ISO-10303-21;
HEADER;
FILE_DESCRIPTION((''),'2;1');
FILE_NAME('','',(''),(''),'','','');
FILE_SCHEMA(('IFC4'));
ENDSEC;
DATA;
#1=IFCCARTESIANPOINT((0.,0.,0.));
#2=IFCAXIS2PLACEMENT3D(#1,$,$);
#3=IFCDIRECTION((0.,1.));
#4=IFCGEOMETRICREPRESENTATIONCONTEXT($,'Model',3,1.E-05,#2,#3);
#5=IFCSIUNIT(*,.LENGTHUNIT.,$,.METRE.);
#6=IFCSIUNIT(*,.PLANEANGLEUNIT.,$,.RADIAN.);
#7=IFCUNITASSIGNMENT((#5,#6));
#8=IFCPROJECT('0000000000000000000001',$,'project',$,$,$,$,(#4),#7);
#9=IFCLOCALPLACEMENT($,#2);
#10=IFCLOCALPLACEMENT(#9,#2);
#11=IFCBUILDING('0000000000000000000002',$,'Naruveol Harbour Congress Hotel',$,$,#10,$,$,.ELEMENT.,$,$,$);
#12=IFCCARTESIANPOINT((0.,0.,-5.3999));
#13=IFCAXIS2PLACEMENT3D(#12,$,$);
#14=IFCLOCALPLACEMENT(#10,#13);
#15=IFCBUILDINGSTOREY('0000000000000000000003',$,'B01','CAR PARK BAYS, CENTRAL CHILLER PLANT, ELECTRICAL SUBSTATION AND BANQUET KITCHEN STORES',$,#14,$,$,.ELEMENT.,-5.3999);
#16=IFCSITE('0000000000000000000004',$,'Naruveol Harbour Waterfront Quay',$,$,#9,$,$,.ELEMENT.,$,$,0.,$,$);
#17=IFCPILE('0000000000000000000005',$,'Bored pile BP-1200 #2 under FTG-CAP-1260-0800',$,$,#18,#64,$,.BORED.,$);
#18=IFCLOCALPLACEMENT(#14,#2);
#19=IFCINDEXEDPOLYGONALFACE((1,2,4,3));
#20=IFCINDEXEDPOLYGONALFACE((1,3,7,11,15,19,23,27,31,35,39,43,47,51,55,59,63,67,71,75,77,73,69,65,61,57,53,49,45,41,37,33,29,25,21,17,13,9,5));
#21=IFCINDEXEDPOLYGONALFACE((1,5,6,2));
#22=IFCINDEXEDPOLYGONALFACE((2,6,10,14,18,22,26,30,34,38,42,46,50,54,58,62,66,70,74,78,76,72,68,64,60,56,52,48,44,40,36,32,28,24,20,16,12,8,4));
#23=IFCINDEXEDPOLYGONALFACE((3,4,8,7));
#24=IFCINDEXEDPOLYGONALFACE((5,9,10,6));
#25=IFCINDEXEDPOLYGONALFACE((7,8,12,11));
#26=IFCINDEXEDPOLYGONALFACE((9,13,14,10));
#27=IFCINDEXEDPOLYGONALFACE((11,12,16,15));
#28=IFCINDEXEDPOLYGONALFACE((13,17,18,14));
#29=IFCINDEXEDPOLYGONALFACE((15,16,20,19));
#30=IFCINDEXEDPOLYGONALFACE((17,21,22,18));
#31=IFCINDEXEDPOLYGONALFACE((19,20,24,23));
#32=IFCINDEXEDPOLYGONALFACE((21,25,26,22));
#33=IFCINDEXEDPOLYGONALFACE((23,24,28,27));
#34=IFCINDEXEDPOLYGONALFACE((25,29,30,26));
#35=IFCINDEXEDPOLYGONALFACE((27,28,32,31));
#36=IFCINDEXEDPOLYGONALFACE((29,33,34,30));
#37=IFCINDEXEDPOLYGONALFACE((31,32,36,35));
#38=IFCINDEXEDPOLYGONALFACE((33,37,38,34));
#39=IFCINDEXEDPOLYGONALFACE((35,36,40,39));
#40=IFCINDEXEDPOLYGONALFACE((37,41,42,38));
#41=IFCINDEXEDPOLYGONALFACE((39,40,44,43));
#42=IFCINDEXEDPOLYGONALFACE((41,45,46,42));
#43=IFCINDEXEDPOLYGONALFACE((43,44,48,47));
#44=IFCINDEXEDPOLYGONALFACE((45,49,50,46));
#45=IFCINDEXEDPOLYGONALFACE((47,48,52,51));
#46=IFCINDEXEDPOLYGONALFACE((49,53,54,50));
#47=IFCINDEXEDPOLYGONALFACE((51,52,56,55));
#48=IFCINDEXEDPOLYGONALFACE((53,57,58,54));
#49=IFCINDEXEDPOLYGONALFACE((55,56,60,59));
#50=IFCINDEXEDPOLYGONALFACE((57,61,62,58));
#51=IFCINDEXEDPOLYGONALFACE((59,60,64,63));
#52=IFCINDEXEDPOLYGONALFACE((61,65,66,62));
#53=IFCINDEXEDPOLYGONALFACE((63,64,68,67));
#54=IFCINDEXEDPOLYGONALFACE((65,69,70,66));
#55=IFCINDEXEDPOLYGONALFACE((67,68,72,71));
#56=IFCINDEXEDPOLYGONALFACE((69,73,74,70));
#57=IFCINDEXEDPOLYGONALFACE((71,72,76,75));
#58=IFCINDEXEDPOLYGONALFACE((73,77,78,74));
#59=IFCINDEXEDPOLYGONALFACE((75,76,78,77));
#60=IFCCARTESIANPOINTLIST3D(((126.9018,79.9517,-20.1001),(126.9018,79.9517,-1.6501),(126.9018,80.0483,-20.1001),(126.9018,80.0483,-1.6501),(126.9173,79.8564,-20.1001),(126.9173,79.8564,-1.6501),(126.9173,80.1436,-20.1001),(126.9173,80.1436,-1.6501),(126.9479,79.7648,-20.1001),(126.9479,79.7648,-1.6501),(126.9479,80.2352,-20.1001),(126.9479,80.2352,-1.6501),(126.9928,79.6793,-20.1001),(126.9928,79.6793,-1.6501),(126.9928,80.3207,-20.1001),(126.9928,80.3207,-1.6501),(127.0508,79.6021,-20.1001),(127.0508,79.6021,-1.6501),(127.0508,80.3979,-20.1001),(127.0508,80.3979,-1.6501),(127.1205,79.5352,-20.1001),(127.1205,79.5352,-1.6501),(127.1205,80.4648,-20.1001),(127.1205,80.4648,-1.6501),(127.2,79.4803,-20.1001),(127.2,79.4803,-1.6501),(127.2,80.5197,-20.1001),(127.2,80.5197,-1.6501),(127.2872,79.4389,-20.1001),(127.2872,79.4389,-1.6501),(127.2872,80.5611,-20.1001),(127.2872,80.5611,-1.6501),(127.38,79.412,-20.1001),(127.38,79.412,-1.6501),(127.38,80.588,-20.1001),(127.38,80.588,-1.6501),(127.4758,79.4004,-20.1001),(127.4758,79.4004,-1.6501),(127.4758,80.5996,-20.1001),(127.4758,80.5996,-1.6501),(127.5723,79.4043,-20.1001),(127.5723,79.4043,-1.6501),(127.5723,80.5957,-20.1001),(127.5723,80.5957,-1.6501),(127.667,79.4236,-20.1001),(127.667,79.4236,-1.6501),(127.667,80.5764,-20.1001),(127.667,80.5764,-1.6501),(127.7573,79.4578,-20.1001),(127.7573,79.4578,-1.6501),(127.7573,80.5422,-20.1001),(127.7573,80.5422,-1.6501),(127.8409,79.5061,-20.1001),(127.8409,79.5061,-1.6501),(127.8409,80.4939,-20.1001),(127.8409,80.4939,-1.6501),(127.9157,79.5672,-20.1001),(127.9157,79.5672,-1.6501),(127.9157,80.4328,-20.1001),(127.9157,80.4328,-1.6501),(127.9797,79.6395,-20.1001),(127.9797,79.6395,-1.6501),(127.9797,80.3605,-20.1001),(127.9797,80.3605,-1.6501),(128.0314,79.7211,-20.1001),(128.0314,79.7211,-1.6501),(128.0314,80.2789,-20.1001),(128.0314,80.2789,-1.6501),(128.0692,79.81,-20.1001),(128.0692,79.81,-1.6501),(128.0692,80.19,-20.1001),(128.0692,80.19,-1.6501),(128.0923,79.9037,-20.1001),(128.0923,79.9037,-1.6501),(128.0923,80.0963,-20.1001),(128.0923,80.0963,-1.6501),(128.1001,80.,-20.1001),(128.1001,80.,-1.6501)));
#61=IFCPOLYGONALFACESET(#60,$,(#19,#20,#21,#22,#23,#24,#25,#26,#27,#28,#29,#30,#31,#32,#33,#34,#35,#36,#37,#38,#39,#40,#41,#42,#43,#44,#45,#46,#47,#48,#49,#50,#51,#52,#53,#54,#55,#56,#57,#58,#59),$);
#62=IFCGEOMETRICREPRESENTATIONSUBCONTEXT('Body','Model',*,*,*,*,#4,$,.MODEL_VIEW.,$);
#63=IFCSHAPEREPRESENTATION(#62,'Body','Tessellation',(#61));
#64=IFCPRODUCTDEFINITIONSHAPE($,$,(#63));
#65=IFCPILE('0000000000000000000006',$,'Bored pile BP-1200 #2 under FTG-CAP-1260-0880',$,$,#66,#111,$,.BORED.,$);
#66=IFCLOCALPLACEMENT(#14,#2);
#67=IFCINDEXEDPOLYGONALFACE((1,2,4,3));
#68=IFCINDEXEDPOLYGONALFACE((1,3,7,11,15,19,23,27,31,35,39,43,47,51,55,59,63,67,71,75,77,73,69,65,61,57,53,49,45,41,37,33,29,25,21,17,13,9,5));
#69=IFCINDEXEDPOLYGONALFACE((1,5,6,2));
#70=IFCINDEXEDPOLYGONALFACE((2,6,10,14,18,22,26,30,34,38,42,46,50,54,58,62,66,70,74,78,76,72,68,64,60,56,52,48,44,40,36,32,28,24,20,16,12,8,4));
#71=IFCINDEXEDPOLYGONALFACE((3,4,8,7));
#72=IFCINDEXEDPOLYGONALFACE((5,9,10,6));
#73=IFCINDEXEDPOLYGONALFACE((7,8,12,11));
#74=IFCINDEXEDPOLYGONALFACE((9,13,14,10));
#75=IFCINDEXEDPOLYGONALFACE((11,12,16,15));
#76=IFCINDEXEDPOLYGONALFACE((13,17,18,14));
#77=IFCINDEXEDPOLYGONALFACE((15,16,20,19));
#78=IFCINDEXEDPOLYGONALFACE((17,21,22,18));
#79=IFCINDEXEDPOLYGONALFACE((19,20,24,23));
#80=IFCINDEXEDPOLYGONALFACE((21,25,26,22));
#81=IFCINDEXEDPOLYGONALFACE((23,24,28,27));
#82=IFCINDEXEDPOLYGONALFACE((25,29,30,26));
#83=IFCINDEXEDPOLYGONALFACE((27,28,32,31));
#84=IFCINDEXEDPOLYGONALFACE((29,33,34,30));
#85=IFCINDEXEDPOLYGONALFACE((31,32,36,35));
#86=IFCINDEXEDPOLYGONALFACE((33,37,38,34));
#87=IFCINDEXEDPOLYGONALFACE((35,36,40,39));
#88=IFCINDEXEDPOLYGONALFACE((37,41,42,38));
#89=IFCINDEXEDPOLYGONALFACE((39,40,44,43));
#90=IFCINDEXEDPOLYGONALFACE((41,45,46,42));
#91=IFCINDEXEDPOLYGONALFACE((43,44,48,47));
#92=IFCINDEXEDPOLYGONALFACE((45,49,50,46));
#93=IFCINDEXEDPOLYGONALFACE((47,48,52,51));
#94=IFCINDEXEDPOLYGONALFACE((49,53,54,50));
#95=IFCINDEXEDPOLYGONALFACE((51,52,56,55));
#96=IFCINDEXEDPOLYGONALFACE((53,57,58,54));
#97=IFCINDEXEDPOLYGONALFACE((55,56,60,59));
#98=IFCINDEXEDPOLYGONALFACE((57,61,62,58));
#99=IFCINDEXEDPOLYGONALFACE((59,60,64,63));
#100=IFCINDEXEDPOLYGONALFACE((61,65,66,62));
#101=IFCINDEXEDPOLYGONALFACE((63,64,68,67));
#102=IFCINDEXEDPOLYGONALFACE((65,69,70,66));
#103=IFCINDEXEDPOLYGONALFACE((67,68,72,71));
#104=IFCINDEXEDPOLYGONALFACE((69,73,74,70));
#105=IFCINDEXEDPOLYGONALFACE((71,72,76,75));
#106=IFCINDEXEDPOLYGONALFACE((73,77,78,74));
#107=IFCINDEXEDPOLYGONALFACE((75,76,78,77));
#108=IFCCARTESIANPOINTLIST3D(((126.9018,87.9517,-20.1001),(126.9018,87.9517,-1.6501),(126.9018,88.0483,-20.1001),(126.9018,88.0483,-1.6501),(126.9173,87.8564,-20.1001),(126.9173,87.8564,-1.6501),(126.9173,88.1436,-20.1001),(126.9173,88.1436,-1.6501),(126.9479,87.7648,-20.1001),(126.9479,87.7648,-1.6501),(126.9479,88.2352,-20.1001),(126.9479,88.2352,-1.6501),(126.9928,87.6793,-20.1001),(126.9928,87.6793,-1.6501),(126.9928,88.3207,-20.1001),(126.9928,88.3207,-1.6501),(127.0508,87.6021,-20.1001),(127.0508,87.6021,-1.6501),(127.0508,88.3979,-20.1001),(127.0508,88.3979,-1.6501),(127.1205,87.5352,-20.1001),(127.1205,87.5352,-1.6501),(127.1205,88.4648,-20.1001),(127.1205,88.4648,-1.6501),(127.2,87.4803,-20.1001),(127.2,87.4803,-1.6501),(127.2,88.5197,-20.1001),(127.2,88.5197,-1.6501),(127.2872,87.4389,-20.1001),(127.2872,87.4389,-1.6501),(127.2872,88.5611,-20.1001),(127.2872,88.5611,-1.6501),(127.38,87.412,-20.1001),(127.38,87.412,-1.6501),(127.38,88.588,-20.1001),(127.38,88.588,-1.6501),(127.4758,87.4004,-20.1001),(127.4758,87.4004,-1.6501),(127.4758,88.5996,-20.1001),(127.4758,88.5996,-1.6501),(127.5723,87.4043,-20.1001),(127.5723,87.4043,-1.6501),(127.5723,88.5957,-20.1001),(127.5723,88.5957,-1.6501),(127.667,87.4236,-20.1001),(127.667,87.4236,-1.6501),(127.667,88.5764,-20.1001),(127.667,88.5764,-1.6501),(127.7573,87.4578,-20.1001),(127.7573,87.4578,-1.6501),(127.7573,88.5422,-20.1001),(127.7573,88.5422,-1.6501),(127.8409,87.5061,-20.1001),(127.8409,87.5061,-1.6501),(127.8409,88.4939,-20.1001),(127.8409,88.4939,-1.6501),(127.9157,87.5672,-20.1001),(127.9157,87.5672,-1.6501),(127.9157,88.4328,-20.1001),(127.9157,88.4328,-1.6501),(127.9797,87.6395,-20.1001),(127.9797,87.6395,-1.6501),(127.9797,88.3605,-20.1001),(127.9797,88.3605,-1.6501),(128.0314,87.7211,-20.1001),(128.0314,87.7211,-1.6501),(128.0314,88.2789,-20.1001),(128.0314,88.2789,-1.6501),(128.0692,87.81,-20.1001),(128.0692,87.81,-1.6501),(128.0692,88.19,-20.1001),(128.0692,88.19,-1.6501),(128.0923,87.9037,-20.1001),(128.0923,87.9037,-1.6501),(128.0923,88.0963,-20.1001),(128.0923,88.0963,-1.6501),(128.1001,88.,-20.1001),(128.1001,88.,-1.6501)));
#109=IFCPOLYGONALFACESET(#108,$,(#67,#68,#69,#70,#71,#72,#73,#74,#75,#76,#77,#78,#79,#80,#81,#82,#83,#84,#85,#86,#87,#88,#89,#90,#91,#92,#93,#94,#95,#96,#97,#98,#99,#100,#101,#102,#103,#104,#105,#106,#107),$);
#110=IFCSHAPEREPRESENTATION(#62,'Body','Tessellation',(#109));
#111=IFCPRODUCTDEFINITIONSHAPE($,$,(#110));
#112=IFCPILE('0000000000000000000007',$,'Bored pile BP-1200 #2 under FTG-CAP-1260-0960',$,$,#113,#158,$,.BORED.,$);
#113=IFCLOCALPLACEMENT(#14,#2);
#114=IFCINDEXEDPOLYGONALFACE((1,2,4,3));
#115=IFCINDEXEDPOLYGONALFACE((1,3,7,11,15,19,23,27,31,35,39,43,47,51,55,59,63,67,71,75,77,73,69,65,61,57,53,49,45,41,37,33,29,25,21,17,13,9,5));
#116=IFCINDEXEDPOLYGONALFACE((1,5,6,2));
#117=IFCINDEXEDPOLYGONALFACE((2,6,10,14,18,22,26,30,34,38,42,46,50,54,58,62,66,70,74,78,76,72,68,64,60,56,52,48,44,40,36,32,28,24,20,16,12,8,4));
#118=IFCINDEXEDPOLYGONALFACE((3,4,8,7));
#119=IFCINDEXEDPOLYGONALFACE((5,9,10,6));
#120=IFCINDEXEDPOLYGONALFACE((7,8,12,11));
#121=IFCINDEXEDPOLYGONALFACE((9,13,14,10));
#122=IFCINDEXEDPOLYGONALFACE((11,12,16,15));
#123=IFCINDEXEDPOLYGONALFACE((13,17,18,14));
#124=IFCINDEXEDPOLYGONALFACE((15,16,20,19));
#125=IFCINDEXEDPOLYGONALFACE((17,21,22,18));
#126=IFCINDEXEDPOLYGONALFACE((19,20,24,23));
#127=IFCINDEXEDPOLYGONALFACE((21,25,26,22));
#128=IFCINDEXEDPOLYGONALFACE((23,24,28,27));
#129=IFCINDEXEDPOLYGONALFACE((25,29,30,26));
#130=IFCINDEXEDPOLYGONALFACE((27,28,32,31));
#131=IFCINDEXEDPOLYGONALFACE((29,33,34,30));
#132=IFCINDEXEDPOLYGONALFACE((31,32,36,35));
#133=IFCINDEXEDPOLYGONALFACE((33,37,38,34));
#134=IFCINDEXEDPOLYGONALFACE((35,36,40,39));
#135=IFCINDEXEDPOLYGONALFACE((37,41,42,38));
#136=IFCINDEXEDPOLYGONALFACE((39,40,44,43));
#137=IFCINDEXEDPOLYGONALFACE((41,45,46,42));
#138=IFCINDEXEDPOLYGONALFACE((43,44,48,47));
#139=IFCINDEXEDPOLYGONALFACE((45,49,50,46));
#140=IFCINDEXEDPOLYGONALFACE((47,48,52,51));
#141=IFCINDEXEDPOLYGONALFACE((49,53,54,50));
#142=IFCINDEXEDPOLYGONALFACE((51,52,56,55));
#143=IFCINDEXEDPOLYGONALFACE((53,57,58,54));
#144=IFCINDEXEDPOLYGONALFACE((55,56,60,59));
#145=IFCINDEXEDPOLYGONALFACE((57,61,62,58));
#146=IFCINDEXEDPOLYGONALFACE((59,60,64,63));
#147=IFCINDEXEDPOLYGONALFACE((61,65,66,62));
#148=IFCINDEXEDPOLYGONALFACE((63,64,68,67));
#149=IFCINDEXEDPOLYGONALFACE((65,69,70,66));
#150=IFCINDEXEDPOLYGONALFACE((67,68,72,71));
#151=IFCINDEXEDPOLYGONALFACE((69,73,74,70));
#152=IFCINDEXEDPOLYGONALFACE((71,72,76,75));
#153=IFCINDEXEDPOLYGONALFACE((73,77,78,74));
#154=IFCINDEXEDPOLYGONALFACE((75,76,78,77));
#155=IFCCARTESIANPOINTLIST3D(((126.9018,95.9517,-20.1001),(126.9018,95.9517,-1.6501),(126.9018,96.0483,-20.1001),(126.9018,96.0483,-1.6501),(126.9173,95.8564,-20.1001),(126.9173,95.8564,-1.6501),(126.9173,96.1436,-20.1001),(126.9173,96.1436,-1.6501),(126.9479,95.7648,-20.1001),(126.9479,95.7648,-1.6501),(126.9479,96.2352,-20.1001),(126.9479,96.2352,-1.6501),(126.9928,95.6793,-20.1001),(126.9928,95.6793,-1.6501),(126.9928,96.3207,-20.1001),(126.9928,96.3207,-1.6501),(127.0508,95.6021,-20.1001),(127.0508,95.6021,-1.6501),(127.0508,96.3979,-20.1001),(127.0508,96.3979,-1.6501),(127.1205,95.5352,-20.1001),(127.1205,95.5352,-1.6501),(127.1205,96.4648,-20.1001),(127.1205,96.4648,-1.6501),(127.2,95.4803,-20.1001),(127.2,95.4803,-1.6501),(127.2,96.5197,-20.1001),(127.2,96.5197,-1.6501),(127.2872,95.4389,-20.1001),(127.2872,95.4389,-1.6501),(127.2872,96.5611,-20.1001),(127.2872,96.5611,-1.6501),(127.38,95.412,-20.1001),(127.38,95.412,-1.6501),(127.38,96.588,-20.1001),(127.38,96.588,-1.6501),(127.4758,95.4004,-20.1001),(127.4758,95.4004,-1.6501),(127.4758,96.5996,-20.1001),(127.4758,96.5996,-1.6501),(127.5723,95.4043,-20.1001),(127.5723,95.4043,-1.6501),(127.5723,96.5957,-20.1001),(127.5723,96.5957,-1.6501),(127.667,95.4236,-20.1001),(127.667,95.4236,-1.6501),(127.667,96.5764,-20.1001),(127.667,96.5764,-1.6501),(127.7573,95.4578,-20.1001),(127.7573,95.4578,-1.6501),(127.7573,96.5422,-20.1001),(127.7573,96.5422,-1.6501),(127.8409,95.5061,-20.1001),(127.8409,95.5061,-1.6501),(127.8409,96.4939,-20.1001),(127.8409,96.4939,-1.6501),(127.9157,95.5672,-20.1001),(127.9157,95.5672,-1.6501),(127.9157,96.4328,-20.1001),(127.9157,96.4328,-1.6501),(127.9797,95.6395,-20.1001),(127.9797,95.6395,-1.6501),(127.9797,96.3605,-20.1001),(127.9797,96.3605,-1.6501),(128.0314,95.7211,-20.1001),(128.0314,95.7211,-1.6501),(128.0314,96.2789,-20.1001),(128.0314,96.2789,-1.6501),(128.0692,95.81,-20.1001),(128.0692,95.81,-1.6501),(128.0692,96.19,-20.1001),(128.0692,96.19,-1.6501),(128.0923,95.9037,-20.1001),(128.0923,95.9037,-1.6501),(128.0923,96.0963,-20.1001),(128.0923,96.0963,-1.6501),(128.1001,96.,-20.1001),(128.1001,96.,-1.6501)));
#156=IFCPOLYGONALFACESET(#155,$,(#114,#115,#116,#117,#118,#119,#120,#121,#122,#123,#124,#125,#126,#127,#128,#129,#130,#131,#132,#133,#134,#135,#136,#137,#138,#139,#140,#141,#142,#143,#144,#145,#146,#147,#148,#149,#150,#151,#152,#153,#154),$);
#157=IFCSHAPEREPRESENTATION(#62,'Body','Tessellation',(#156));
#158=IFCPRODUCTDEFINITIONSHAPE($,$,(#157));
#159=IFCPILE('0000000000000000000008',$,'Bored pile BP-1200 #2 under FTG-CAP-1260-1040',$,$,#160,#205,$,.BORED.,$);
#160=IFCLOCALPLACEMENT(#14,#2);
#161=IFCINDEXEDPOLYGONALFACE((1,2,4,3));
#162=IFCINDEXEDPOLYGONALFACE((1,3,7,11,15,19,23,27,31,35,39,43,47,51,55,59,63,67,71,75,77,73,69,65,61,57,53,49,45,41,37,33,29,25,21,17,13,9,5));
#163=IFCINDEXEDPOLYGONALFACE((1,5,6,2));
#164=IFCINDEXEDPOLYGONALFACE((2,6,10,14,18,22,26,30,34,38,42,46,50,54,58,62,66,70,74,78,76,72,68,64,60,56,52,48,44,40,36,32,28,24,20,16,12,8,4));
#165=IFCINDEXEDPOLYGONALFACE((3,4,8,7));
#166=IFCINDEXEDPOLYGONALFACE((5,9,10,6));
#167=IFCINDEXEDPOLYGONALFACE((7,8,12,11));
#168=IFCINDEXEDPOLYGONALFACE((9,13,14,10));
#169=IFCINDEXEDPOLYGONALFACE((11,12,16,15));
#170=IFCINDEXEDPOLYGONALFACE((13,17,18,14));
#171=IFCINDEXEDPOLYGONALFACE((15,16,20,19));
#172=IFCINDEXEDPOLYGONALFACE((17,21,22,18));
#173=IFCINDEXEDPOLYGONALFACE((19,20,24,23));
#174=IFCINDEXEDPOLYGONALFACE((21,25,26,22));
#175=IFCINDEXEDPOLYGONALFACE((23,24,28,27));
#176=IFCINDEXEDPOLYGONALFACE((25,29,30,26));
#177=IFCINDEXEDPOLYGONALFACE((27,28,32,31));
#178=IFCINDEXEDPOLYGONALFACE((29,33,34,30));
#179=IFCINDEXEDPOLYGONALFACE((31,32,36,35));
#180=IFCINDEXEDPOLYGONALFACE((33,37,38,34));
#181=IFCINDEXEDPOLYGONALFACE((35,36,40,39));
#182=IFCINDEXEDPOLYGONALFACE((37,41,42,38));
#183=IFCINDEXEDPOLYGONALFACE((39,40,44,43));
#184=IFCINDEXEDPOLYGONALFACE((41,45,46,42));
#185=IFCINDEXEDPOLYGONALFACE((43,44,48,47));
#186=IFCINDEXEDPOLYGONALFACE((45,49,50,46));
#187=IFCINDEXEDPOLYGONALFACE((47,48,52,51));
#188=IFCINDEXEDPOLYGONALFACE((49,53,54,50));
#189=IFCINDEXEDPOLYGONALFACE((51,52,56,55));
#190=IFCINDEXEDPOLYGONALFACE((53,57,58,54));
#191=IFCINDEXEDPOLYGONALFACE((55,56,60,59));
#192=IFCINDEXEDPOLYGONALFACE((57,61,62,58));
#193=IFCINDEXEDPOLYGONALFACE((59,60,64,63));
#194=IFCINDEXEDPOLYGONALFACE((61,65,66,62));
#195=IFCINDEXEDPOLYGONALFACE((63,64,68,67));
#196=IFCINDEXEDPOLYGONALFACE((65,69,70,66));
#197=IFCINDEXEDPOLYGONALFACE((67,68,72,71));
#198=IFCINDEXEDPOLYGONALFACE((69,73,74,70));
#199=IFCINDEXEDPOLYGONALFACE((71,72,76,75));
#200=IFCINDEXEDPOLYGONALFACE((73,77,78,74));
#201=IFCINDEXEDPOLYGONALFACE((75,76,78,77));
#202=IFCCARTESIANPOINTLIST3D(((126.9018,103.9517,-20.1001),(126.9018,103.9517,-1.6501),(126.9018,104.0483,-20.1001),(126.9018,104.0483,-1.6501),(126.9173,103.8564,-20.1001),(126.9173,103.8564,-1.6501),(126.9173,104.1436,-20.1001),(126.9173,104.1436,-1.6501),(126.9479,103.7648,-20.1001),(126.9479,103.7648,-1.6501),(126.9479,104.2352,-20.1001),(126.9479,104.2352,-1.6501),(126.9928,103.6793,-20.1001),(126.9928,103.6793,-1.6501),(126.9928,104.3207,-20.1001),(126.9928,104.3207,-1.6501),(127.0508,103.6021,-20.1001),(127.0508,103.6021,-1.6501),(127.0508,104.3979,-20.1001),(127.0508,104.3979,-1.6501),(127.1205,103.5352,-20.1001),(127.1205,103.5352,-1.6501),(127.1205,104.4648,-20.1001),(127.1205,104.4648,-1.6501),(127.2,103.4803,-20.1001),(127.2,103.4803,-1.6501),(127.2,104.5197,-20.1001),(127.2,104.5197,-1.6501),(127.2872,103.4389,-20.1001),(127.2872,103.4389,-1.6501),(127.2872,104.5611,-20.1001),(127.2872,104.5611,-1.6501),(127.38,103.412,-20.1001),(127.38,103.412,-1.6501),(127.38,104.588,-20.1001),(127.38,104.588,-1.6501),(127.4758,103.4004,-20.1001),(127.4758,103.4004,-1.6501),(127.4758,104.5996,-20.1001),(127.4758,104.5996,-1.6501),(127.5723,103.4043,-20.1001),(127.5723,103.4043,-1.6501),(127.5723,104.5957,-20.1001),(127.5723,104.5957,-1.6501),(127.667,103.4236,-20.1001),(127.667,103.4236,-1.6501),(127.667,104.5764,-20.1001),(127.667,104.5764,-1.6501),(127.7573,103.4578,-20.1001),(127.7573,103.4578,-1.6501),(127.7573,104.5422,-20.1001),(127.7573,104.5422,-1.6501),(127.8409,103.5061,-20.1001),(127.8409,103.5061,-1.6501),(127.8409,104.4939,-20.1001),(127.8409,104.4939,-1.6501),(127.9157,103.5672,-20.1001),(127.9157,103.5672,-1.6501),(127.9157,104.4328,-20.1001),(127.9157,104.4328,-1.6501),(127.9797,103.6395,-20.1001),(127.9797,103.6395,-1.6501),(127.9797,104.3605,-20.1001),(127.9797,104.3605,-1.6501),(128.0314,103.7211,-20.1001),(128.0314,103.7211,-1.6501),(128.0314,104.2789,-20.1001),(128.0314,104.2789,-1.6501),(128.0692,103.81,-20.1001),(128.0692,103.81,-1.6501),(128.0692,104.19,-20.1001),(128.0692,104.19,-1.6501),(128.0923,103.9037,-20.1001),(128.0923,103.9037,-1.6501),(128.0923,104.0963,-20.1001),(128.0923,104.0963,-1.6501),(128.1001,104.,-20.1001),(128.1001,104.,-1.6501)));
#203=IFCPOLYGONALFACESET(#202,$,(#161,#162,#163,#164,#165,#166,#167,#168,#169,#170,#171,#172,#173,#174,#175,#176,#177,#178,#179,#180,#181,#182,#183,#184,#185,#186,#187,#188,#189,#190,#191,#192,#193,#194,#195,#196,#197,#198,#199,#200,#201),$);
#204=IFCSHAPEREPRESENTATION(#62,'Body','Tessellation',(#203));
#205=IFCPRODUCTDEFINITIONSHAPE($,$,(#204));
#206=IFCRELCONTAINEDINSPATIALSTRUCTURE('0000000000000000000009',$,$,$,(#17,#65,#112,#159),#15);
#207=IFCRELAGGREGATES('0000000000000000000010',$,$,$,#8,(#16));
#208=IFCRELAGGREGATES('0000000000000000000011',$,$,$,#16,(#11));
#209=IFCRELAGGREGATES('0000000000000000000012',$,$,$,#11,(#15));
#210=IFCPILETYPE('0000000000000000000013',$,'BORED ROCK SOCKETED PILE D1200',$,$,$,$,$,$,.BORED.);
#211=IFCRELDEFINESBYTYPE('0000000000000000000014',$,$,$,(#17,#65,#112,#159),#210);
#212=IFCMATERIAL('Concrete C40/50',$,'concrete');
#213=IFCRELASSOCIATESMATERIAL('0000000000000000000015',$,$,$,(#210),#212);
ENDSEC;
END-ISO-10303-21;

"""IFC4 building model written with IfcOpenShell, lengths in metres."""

from ifc_helpers import new_model, si_unit, direction, frame, origin, origin_2d, place, context, subcontext, project, spatial, circle, extrude, material, material_profile, profile_set, type_object, element, save


model = new_model("IFC4")

# Units and contexts
model_context = context("Model", 3, precision=1e-05, world=origin(), true_north=direction((0.0, 1.0)))
body_context = subcontext(model_context, "Body", "Model", "MODEL_VIEW")
ifc_project = project(units=[si_unit("LENGTHUNIT", "METRE"), si_unit("PLANEANGLEUNIT", "RADIAN")], contexts=[model_context])

# Site, building, storey
site_placement = place(None, origin())
site = spatial("IfcSite", under=ifc_project, at=site_placement, Name="Naruveol Harbour Waterfront Quay", CompositionType="ELEMENT", RefElevation=0.0)
building_placement = place(site_placement, origin())
building = spatial("IfcBuilding", under=site, at=building_placement, Name="Naruveol Harbour Congress Hotel", CompositionType="ELEMENT")
storey_placement = place(building_placement, frame((0.0, 0.0, -5.3999)))
storey = spatial("IfcBuildingStorey", under=building, at=storey_placement, Name="B01", Description="CAR PARK BAYS, CENTRAL CHILLER PLANT, ELECTRICAL SUBSTATION AND BANQUET KITCHEN STORES", CompositionType="ELEMENT", Elevation=-5.3999)

# Piles
ifc_material_1 = material(Name="Concrete C40/50", Category="concrete")
ifc_material_profile_1 = material_profile(ifc_material_1, circle(Radius=0.6001, at=origin_2d()), Name="BP-1200")
ifc_profile_set_1 = profile_set([ifc_material_profile_1], Name="Concrete C40/50")
pile_type_1 = type_object("IfcPileType", Name="BORED ROCK SOCKETED PILE D1200", PredefinedType="BORED", material=ifc_profile_set_1)
for number, where, z_axis, x_axis, name in (
    (1, (127.5, 80.0, -1.6501), (0.0, 0.0, -1.0), (1.0, 0.0, 0.0), "Bored pile BP-1200 #2 under FTG-CAP-1260-0800"),
    (2, (127.5, 88.0, -1.6501), (0.0, 0.0, -1.0), (1.0, 0.0, 0.0), "Bored pile BP-1200 #2 under FTG-CAP-1260-0880"),
    (3, (127.5, 96.0, -1.6501), (0.0, 0.0, -1.0), (1.0, 0.0, 0.0), "Bored pile BP-1200 #2 under FTG-CAP-1260-0960"),
    (4, (127.5, 104.0, -1.6501), (0.0, 0.0, -1.0), (1.0, 0.0, 0.0), "Bored pile BP-1200 #2 under FTG-CAP-1260-1040"),
):
    element("IfcPile", number, at=place(storey_placement, frame(where, z_axis=z_axis, x_axis=x_axis)), inside=storey, type_object=pile_type_1, Name=name, PredefinedType="BORED", context=body_context, shape_type="SweptSolid", body=[
        extrude(circle(Radius=0.6001, at=origin_2d()), origin(), (0.0, 0.0, 1.0), 18.45),
    ])

save(model, "model.ifc")
